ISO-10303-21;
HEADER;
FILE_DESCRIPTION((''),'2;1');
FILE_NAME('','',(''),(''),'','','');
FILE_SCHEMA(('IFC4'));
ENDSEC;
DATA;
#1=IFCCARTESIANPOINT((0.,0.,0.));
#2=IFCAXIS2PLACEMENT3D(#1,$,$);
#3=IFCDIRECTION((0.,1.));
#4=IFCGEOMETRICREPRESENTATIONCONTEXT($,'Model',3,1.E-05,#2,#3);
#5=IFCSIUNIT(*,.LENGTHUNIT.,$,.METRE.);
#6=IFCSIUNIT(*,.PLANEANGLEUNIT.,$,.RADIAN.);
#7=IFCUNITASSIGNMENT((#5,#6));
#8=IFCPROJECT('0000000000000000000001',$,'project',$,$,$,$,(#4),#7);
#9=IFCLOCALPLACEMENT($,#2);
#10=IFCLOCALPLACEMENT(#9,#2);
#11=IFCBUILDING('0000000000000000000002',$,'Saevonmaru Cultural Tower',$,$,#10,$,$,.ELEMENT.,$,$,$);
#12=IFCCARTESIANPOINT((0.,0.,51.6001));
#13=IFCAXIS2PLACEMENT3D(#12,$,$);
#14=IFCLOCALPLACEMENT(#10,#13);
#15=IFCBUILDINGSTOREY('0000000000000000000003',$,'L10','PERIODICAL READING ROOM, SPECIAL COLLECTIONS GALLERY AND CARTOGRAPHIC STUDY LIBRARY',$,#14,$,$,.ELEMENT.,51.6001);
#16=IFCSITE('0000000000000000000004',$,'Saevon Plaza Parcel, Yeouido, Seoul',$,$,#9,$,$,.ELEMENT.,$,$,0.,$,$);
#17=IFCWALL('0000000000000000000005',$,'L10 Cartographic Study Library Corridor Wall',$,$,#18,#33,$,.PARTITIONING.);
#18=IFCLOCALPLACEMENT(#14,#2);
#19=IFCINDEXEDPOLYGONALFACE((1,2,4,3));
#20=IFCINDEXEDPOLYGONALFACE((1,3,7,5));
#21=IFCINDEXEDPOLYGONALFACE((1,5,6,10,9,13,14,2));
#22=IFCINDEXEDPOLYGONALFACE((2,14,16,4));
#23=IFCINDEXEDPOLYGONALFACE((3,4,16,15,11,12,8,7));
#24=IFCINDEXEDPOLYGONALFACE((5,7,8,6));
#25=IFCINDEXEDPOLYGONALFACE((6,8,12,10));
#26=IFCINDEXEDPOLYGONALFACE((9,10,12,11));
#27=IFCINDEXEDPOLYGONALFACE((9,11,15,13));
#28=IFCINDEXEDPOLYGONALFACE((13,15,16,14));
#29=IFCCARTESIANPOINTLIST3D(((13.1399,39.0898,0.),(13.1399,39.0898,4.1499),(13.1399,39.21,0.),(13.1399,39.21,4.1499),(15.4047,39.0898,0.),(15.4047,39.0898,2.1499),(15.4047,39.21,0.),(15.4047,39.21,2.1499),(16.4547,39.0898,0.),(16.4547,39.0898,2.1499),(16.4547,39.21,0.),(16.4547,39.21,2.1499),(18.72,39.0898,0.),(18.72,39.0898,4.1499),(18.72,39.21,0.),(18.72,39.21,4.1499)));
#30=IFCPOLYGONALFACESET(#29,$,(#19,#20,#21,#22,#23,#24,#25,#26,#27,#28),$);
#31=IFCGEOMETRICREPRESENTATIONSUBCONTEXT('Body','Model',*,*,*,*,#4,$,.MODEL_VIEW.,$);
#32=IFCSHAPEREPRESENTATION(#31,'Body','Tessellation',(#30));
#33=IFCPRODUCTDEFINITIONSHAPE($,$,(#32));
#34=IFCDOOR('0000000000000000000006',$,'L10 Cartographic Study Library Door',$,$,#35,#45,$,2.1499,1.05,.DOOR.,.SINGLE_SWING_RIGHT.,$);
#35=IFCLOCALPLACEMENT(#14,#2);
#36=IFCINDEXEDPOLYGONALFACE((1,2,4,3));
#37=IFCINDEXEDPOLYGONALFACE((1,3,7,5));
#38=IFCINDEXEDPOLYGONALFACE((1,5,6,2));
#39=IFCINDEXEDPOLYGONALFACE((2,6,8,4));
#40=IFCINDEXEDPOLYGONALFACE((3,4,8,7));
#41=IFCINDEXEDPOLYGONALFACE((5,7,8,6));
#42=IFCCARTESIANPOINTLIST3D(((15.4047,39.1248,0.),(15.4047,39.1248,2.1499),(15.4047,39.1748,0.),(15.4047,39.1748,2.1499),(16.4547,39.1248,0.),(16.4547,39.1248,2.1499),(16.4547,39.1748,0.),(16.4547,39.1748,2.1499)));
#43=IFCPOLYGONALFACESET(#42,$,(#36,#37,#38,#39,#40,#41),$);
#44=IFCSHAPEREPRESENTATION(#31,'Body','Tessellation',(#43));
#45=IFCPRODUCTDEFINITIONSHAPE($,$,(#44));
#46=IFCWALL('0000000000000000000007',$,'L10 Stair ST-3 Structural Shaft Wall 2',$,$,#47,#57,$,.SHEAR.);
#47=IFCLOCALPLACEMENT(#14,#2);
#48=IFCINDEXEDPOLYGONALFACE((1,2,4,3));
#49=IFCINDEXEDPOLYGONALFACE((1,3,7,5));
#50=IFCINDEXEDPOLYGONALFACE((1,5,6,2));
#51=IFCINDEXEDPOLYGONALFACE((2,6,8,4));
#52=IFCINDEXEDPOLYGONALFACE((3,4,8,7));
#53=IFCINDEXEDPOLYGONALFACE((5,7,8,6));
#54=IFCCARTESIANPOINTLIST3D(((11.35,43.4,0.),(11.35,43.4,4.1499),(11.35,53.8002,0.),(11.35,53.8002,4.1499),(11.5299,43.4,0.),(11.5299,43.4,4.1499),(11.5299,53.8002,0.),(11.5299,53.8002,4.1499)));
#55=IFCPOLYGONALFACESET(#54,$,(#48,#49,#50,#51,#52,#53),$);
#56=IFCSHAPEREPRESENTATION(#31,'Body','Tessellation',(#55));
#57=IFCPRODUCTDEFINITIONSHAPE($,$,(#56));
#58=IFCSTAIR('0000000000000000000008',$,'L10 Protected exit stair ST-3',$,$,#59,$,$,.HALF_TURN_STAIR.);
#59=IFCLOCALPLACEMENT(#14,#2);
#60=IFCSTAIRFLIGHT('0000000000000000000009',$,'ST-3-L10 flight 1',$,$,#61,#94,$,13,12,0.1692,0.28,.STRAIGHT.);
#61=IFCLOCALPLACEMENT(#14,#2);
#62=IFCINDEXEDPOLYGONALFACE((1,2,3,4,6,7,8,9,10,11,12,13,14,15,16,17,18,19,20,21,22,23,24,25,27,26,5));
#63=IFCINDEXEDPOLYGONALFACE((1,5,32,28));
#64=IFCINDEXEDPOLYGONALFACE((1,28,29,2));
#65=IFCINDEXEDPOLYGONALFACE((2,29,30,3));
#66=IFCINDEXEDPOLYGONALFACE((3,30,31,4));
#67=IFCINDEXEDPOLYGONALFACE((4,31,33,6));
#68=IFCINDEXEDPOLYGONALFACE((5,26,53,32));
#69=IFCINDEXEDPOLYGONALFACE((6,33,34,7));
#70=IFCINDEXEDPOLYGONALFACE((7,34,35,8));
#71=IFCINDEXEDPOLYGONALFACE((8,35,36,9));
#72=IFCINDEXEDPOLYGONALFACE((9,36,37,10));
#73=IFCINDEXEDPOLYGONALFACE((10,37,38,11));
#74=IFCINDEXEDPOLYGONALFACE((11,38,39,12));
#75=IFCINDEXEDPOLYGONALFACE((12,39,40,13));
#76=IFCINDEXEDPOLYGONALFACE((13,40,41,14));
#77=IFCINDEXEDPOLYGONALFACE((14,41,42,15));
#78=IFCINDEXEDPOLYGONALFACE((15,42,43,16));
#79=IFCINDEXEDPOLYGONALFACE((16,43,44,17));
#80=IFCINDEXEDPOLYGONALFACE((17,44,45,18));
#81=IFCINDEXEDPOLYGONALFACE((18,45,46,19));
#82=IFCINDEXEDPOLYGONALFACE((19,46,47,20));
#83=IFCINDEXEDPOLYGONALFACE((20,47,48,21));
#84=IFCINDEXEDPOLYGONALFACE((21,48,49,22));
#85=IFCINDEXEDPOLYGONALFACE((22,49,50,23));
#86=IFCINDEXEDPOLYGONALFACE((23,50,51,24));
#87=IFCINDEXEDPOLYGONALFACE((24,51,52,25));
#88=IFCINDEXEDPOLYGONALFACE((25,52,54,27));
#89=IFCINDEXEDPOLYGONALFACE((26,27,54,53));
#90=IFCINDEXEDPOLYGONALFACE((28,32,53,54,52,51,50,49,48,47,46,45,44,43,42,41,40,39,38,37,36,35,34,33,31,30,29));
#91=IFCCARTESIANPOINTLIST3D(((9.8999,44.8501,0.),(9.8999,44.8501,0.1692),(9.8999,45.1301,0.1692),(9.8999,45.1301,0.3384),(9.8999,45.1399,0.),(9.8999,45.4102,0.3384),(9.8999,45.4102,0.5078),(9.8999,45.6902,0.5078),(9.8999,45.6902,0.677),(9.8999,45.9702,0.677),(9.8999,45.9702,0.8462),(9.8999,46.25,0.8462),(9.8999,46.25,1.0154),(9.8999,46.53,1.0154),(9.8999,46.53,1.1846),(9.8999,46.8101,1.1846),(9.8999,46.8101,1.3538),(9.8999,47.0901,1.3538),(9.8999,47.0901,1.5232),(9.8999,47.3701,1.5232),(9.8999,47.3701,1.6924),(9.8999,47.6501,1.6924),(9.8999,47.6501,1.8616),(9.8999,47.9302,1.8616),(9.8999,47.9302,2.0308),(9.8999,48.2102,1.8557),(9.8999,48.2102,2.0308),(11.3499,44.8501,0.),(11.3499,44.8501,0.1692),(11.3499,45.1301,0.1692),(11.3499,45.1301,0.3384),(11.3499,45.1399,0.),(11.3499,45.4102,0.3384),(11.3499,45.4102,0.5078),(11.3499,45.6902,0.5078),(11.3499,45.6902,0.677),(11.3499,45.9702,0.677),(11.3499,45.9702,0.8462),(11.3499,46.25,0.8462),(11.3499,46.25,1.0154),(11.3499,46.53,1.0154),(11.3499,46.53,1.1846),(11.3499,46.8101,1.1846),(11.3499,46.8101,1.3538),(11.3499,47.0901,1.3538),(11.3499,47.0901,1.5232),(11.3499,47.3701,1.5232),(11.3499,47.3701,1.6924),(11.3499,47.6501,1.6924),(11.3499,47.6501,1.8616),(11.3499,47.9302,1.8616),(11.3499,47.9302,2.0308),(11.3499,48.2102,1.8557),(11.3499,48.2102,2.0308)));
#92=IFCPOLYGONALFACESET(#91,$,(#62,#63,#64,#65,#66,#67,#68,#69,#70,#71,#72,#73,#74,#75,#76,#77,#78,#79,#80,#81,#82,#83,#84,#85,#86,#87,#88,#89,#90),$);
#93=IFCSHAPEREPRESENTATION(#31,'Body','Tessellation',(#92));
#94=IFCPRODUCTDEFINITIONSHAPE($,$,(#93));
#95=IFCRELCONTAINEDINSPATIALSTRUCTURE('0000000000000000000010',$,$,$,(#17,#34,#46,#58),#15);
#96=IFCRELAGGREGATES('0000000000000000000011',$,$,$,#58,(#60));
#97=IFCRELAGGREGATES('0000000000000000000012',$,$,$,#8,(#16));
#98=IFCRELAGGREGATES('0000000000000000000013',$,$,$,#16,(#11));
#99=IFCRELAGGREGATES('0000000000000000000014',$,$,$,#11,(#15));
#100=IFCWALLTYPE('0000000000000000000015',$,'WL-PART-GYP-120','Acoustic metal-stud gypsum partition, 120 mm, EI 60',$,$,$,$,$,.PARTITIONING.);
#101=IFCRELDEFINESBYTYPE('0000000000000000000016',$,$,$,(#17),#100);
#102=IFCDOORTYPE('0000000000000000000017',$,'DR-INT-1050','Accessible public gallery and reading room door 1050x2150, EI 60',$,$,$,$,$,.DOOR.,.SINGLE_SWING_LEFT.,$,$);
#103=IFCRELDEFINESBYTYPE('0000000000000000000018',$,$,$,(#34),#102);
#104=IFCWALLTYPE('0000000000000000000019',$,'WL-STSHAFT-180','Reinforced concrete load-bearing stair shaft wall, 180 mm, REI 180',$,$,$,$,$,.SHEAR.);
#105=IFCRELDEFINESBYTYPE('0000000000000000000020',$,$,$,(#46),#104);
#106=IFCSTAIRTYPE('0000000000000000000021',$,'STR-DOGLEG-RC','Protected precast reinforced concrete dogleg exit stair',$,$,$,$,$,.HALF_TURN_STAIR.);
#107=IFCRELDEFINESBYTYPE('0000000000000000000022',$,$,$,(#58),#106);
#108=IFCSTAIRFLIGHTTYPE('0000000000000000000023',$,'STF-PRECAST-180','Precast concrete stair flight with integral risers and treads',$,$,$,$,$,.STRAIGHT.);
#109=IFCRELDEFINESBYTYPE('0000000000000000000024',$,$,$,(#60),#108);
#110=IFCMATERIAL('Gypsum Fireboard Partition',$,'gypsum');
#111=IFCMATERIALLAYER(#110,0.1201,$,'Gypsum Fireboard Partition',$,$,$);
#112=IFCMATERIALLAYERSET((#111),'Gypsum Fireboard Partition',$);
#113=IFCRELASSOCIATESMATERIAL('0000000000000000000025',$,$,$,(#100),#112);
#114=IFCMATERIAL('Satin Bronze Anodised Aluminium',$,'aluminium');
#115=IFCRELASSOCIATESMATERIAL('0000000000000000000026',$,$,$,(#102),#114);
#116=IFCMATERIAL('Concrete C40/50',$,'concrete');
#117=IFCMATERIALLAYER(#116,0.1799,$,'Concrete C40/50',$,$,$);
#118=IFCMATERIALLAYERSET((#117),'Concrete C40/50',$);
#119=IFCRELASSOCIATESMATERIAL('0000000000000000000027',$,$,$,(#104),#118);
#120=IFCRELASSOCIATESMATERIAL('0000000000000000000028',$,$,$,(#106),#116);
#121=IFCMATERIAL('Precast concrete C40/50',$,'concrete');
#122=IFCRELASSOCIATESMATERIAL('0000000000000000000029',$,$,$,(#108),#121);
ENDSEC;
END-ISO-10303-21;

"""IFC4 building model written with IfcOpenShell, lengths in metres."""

from ifc_helpers import new_model, si_unit, direction, frame, frame_2d, origin, place, context, subcontext, project, spatial, polyline, rectangle, outline, extrude, material, layer, layer_set, type_object, element, fill, aggregate, save


model = new_model("IFC4")

# Units and contexts
model_context = context("Model", 3, precision=1e-05, world=origin(), true_north=direction((0.0, 1.0)))
body_context = subcontext(model_context, "Body", "Model", "MODEL_VIEW")
ifc_project = project(units=[si_unit("LENGTHUNIT", "METRE"), si_unit("PLANEANGLEUNIT", "RADIAN")], contexts=[model_context])

# Site, building, storey
site_placement = place(None, origin())
site = spatial("IfcSite", under=ifc_project, at=site_placement, Name="Saevon Plaza Parcel, Yeouido, Seoul", CompositionType="ELEMENT", RefElevation=0.0)
building_placement = place(site_placement, origin())
building = spatial("IfcBuilding", under=site, at=building_placement, Name="Saevonmaru Cultural Tower", CompositionType="ELEMENT")
storey_placement = place(building_placement, frame((0.0, 0.0, 51.6001)))
storey = spatial("IfcBuildingStorey", under=building, at=storey_placement, Name="L10", Description="PERIODICAL READING ROOM, SPECIAL COLLECTIONS GALLERY AND CARTOGRAPHIC STUDY LIBRARY", CompositionType="ELEMENT", Elevation=51.6001)

# Shared definitions
ifc_material_1 = material(Name="Satin Bronze Anodised Aluminium", Category="aluminium")

# Shared definitions
ifc_material_2 = material(Name="Gypsum Fireboard Partition", Category="gypsum")
ifc_layer_1 = layer(ifc_material_2, 0.1201, Name="Gypsum Fireboard Partition")
ifc_layer_set_1 = layer_set([ifc_layer_1], Name="Gypsum Fireboard Partition")
wall_type_1 = type_object("IfcWallType", Name="WL-PART-GYP-120", Description="Acoustic metal-stud gypsum partition, 120 mm, EI 60", PredefinedType="PARTITIONING", material=ifc_layer_set_1)

# Wall, opening, door
door_type_1 = type_object("IfcDoorType", Name="DR-INT-1050", Description="Accessible public gallery and reading room door 1050x2150, EI 60", OperationType="SINGLE_SWING_LEFT", PredefinedType="DOOR", material=ifc_material_1)
wall_1_placement = place(storey_placement, frame((13.1399, 39.1499, 0.0), z_axis=(0.0, 0.0, 1.0), x_axis=(1.0, 0.0, 0.0)))
wall_1 = element("IfcWall", 1, at=wall_1_placement, inside=storey, type_object=wall_type_1, Name="L10 Cartographic Study Library Corridor Wall", PredefinedType="PARTITIONING", context=body_context, shape_type="SweptSolid", body=[
    extrude(rectangle(XDim=5.5801, YDim=0.1201, at=frame_2d((2.79, 0.0))), origin(), (0.0, 0.0, 1.0), 4.1499),
])
opening_1_placement = place(wall_1_placement, frame((2.2649, 0.0, 0.0)))
opening_1 = element("IfcOpeningElement", 2, at=opening_1_placement, cuts=wall_1, PredefinedType="OPENING", context=body_context, shape_type="SweptSolid", body=[
    extrude(rectangle(XDim=1.05, YDim=2.1499, at=frame_2d((0.5249, 1.075))), frame((0.0, 0.0701, 0.0), z_axis=(0.0, -1.0, 0.0), x_axis=(1.0, 0.0, 0.0)), (0.0, 0.0, 1.0), 0.1401),
])
door_1_placement = place(opening_1_placement, origin())
door_1 = element("IfcDoor", 3, at=door_1_placement, inside=storey, type_object=door_type_1, Name="L10 Cartographic Study Library Door", OperationType="SINGLE_SWING_RIGHT", OverallHeight=2.1499, OverallWidth=1.05, PredefinedType="DOOR", context=body_context, shape_type="SweptSolid", body=[
    extrude(rectangle(XDim=1.05, YDim=2.1499, at=frame_2d((0.5249, 1.075))), frame((0.0, 0.0249, 0.0), z_axis=(0.0, -1.0, 0.0), x_axis=(1.0, 0.0, 0.0)), (0.0, 0.0, 1.0), 0.05),
])
fill(opening_1, door_1)
ifc_material_3 = material(Name="Concrete C40/50", Category="concrete")
ifc_layer_2 = layer(ifc_material_3, 0.1799, Name="Concrete C40/50")
ifc_layer_set_2 = layer_set([ifc_layer_2], Name="Concrete C40/50")
wall_type_2 = type_object("IfcWallType", Name="WL-STSHAFT-180", Description="Reinforced concrete load-bearing stair shaft wall, 180 mm, REI 180", PredefinedType="SHEAR", material=ifc_layer_set_2)

# Wall
wall_2_placement = place(storey_placement, frame((11.4399, 43.3999, 0.0), z_axis=(0.0, 0.0, 1.0), x_axis=(0.0, 1.0, 0.0)))
element("IfcWall", 4, at=wall_2_placement, inside=storey, type_object=wall_type_2, Name="L10 Stair ST-3 Structural Shaft Wall 2", PredefinedType="SHEAR", context=body_context, shape_type="SweptSolid", body=[
    extrude(rectangle(XDim=10.4001, YDim=0.1799, at=frame_2d((5.2002, 0.0))), origin(), (0.0, 0.0, 1.0), 4.1499),
])

# Stair, stair flight
stair_type = type_object("IfcStairType", Name="STR-DOGLEG-RC", Description="Protected precast reinforced concrete dogleg exit stair", PredefinedType="HALF_TURN_STAIR", material=ifc_material_3)
stair_placement = place(storey_placement, origin())
stair = element("IfcStair", 5, at=stair_placement, inside=storey, type_object=stair_type, Name="L10 Protected exit stair ST-3", PredefinedType="HALF_TURN_STAIR")
ifc_material_4 = material(Name="Precast concrete C40/50", Category="concrete")
stair_flight_type = type_object("IfcStairFlightType", Name="STF-PRECAST-180", Description="Precast concrete stair flight with integral risers and treads", PredefinedType="STRAIGHT", material=ifc_material_4)
stair_flight_placement = place(storey_placement, frame((10.625, 44.8501, 0.0), z_axis=(0.0, 0.0, 1.0), x_axis=(0.0, 1.0, 0.0)))
stair_flight = element("IfcStairFlight", 6, at=stair_flight_placement, type_object=stair_flight_type, Name="ST-3-L10 flight 1", NumberOfRisers=13, NumberOfTreads=12, PredefinedType="STRAIGHT", RiserHeight=0.1692, TreadLength=0.28, context=body_context, shape_type="SweptSolid", body=[
    extrude(outline(polyline([(0.0, 0.0), (0.0, 0.1692), (0.28, 0.1692), (0.28, 0.3384), (0.5601, 0.3384), (0.5601, 0.5078), (0.8401, 0.5078), (0.8401, 0.677), (1.1201, 0.677), (1.1201, 0.8462), (1.3999, 0.8462), (1.3999, 1.0154), (1.6799, 1.0154), (1.6799, 1.1846), (1.96, 1.1846), (1.96, 1.3538), (2.24, 1.3538), (2.24, 1.5232), (2.52, 1.5232), (2.52, 1.6924), (2.8, 1.6924), (2.8, 1.8616), (3.0801, 1.8616), (3.0801, 2.0308), (3.3601, 2.0308), (3.3601, 2.2), (3.3601, 1.8557), (0.2898, 0.0), (0.0, 0.0)])), frame((0.0, 0.7251, 0.0), z_axis=(0.0, -1.0, 0.0), x_axis=(1.0, 0.0, 0.0)), (0.0, 0.0, 1.0), 1.45),
])
aggregate(stair, [stair_flight])

save(model, "model.ifc")
